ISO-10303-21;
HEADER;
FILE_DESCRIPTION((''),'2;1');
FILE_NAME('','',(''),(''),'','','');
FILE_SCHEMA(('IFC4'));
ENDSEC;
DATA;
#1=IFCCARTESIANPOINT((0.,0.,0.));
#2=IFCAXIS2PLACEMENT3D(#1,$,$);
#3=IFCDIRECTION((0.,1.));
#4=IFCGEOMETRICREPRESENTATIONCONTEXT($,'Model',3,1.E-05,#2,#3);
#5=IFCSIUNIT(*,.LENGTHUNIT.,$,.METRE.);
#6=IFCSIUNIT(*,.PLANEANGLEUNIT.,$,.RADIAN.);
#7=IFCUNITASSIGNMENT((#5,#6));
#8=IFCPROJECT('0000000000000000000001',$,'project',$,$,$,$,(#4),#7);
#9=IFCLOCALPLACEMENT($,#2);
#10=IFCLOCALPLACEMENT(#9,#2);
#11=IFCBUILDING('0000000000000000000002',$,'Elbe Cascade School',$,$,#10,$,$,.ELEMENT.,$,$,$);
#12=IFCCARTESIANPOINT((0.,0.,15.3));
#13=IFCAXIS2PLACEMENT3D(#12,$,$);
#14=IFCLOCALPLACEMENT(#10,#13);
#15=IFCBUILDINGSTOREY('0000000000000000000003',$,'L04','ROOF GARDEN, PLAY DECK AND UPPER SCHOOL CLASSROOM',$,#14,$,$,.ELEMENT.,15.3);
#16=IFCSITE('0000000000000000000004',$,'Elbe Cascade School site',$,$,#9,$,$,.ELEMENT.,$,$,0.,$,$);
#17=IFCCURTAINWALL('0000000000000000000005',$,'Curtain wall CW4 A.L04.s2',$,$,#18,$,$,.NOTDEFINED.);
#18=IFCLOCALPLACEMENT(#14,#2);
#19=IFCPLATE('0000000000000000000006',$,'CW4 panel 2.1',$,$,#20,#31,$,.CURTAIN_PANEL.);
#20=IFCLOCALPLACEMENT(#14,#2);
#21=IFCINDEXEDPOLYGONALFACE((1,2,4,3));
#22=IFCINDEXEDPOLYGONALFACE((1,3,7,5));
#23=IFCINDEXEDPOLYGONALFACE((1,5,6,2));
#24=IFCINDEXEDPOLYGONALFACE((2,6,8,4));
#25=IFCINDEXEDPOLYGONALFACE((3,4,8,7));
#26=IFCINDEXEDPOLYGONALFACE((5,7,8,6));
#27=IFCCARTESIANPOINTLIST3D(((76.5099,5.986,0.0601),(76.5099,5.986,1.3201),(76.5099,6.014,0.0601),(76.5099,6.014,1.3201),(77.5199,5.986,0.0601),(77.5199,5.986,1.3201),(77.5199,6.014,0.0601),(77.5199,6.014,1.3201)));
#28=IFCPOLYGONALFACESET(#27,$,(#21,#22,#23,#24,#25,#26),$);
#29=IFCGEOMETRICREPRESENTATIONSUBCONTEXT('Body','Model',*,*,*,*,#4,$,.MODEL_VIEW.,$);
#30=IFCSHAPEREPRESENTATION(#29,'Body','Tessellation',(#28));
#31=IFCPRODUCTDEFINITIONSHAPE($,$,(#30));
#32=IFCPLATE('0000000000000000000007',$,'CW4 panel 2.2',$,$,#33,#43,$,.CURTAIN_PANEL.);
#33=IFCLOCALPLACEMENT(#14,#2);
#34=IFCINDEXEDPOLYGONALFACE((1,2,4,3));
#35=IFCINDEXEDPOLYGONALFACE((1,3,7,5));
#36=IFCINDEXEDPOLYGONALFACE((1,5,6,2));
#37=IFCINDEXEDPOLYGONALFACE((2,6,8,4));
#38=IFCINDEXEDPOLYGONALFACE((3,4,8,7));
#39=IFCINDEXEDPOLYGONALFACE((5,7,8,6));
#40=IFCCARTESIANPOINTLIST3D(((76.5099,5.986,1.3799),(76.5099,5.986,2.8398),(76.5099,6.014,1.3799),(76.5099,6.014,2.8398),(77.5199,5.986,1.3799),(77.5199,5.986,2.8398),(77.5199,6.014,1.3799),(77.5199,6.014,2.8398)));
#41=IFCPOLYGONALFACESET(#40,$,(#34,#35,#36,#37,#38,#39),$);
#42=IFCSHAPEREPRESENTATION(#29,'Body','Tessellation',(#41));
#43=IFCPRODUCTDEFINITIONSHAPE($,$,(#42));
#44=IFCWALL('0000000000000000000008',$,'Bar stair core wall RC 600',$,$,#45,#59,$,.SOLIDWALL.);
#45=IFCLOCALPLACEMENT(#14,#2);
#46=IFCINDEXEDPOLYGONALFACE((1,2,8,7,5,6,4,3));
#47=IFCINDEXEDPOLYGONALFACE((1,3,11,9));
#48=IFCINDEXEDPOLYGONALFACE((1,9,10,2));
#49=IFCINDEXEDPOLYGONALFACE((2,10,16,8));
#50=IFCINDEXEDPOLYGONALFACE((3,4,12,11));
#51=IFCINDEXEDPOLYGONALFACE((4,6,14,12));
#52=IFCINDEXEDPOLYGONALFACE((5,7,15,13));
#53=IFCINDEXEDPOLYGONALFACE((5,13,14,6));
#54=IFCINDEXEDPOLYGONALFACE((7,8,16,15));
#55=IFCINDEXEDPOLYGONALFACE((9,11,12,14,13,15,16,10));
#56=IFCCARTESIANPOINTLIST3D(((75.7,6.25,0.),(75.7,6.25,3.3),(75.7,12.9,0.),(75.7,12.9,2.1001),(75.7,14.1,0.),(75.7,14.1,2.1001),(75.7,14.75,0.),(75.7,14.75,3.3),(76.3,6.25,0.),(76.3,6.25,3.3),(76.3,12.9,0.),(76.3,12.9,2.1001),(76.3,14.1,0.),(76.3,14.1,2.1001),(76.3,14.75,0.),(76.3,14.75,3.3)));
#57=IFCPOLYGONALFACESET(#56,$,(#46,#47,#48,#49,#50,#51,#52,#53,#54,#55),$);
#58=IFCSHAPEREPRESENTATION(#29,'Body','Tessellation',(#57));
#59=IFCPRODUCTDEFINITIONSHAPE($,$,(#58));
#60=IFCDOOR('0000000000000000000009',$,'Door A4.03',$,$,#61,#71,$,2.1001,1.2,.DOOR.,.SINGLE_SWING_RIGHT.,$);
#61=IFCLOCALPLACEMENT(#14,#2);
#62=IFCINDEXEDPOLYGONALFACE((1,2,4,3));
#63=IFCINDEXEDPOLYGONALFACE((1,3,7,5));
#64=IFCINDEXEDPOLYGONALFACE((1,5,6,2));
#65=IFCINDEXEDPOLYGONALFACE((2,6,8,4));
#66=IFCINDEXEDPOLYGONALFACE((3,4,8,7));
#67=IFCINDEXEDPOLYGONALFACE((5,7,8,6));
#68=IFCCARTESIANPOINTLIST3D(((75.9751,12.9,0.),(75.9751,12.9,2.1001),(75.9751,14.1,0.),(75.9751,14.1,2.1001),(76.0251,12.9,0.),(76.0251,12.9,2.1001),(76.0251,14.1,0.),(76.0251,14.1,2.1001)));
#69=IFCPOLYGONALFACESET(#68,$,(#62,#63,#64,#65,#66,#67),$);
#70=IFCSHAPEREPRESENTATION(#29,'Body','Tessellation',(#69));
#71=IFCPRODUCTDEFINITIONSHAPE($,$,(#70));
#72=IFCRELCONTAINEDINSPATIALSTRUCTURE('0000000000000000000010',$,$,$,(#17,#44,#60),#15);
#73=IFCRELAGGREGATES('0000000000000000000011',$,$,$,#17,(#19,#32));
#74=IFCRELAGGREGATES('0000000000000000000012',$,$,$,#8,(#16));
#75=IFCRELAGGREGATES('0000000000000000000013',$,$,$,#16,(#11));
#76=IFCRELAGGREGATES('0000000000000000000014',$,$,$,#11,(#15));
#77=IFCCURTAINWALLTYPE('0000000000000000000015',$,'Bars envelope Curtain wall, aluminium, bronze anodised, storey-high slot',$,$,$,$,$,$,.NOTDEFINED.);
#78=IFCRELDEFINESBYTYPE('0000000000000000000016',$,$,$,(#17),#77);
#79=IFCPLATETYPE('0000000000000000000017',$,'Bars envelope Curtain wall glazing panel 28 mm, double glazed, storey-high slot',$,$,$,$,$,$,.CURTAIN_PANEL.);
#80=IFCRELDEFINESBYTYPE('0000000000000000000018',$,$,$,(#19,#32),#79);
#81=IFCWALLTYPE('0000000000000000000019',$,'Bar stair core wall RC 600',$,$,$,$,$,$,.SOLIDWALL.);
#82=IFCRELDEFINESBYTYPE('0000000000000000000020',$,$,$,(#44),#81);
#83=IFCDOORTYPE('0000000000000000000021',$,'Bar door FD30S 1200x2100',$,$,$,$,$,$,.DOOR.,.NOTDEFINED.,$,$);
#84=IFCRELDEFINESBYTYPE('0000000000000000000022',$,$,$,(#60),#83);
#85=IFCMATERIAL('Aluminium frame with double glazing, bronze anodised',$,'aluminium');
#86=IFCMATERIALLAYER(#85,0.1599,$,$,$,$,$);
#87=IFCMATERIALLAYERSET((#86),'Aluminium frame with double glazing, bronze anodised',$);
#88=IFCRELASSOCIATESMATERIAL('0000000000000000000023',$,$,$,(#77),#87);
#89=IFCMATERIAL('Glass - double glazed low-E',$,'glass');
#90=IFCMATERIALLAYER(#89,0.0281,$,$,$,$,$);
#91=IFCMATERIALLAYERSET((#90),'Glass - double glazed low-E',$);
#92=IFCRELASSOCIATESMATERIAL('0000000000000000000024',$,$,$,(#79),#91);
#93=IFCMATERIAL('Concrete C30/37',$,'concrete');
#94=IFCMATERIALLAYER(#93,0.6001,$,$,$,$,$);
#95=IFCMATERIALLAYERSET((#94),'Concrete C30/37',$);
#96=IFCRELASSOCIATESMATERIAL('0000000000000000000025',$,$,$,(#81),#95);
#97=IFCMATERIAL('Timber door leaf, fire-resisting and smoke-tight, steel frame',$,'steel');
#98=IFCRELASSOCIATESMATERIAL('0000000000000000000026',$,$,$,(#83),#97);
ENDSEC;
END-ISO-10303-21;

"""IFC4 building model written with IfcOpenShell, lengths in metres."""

from ifc_helpers import new_model, si_unit, direction, frame, frame_2d, origin, origin_2d, place, context, subcontext, project, spatial, rectangle, extrude, material, layer, layer_set, type_object, element, fill, aggregate, save


model = new_model("IFC4")

# Units and contexts
model_context = context("Model", 3, precision=1e-05, world=origin(), true_north=direction((0.0, 1.0)))
body_context = subcontext(model_context, "Body", "Model", "MODEL_VIEW")
ifc_project = project(units=[si_unit("LENGTHUNIT", "METRE"), si_unit("PLANEANGLEUNIT", "RADIAN")], contexts=[model_context])

# Site, building, storey
site_placement = place(None, origin())
site = spatial("IfcSite", under=ifc_project, at=site_placement, Name="Elbe Cascade School site", CompositionType="ELEMENT", RefElevation=0.0)
building_placement = place(site_placement, origin())
building = spatial("IfcBuilding", under=site, at=building_placement, Name="Elbe Cascade School", CompositionType="ELEMENT")
storey_placement = place(building_placement, frame((0.0, 0.0, 15.3)))
storey = spatial("IfcBuildingStorey", under=building, at=storey_placement, Name="L04", Description="ROOF GARDEN, PLAY DECK AND UPPER SCHOOL CLASSROOM", CompositionType="ELEMENT", Elevation=15.3)

# Curtain wall
ifc_material_1 = material(Name="Aluminium frame with double glazing, bronze anodised", Category="aluminium")
ifc_layer_1 = layer(ifc_material_1, 0.1599)
ifc_layer_set_1 = layer_set([ifc_layer_1], Name="Aluminium frame with double glazing, bronze anodised")
curtain_wall_type = type_object("IfcCurtainWallType", Name="Bars envelope Curtain wall, aluminium, bronze anodised, storey-high slot", PredefinedType="NOTDEFINED", material=ifc_layer_set_1)
curtain_wall_placement = place(storey_placement, origin())
curtain_wall = element("IfcCurtainWall", 1, at=curtain_wall_placement, inside=storey, type_object=curtain_wall_type, Name="Curtain wall CW4 A.L04.s2", PredefinedType="NOTDEFINED")

# Plates
ifc_material_2 = material(Name="Glass - double glazed low-E", Category="glass")
ifc_layer_2 = layer(ifc_material_2, 0.0281)
ifc_layer_set_2 = layer_set([ifc_layer_2], Name="Glass - double glazed low-E")
plate_type = type_object("IfcPlateType", Name="Bars envelope Curtain wall glazing panel 28 mm, double glazed, storey-high slot", PredefinedType="CURTAIN_PANEL", material=ifc_layer_set_2)
plate_1_placement = place(storey_placement, frame((77.0149, 6.0, 0.0601), z_axis=(0.0, 0.0, 1.0), x_axis=(-1.0, 0.0, 0.0)))
plate_1 = element("IfcPlate", 2, at=plate_1_placement, type_object=plate_type, Name="CW4 panel 2.1", PredefinedType="CURTAIN_PANEL", context=body_context, shape_type="SweptSolid", body=[
    extrude(rectangle(XDim=1.01, YDim=0.0281, at=origin_2d()), origin(), (0.0, 0.0, 1.0), 1.26),
])
plate_2_placement = place(storey_placement, frame((77.0149, 6.0, 1.3799), z_axis=(0.0, 0.0, 1.0), x_axis=(-1.0, 0.0, 0.0)))
plate_2 = element("IfcPlate", 3, at=plate_2_placement, type_object=plate_type, Name="CW4 panel 2.2", PredefinedType="CURTAIN_PANEL", context=body_context, shape_type="SweptSolid", body=[
    extrude(rectangle(XDim=1.01, YDim=0.0281, at=origin_2d()), origin(), (0.0, 0.0, 1.0), 1.46),
])
aggregate(curtain_wall, [plate_1, plate_2])

# Wall, opening, door
ifc_material_3 = material(Name="Concrete C30/37", Category="concrete")
ifc_layer_3 = layer(ifc_material_3, 0.6001)
ifc_layer_set_3 = layer_set([ifc_layer_3], Name="Concrete C30/37")
wall_type = type_object("IfcWallType", Name="Bar stair core wall RC 600", PredefinedType="SOLIDWALL", material=ifc_layer_set_3)
wall_placement = place(storey_placement, frame((76.0, 6.25, 0.0), z_axis=(0.0, 0.0, 1.0), x_axis=(0.0, 1.0, 0.0)))
wall = element("IfcWall", 4, at=wall_placement, inside=storey, type_object=wall_type, Name="Bar stair core wall RC 600", PredefinedType="SOLIDWALL", context=body_context, shape_type="SweptSolid", body=[
    extrude(rectangle(XDim=8.5, YDim=0.6001, at=frame_2d((4.25, 0.0))), origin(), (0.0, 0.0, 1.0), 3.3),
])
opening_placement = place(wall_placement, frame((6.6499, 0.0, 0.0)))
opening = element("IfcOpeningElement", 5, at=opening_placement, cuts=wall, PredefinedType="OPENING", context=body_context, shape_type="SweptSolid", body=[
    extrude(rectangle(XDim=1.2, YDim=2.1001, at=frame_2d((0.6001, 1.05))), frame((0.0, 0.3101, 0.0), z_axis=(0.0, -1.0, 0.0), x_axis=(1.0, 0.0, 0.0)), (0.0, 0.0, 1.0), 0.6201),
])
ifc_material_4 = material(Name="Timber door leaf, fire-resisting and smoke-tight, steel frame", Category="steel")
door_type = type_object("IfcDoorType", Name="Bar door FD30S 1200x2100", OperationType="NOTDEFINED", PredefinedType="DOOR", material=ifc_material_4)
door_placement = place(opening_placement, origin())
door = element("IfcDoor", 6, at=door_placement, inside=storey, type_object=door_type, Name="Door A4.03", OperationType="SINGLE_SWING_RIGHT", OverallHeight=2.1001, OverallWidth=1.2, PredefinedType="DOOR", context=body_context, shape_type="SweptSolid", body=[
    extrude(rectangle(XDim=1.2, YDim=2.1001, at=frame_2d((0.6001, 1.05))), frame((0.0, 0.0249, 0.0), z_axis=(0.0, -1.0, 0.0), x_axis=(1.0, 0.0, 0.0)), (0.0, 0.0, 1.0), 0.05),
])
fill(opening, door)

save(model, "model.ifc")
